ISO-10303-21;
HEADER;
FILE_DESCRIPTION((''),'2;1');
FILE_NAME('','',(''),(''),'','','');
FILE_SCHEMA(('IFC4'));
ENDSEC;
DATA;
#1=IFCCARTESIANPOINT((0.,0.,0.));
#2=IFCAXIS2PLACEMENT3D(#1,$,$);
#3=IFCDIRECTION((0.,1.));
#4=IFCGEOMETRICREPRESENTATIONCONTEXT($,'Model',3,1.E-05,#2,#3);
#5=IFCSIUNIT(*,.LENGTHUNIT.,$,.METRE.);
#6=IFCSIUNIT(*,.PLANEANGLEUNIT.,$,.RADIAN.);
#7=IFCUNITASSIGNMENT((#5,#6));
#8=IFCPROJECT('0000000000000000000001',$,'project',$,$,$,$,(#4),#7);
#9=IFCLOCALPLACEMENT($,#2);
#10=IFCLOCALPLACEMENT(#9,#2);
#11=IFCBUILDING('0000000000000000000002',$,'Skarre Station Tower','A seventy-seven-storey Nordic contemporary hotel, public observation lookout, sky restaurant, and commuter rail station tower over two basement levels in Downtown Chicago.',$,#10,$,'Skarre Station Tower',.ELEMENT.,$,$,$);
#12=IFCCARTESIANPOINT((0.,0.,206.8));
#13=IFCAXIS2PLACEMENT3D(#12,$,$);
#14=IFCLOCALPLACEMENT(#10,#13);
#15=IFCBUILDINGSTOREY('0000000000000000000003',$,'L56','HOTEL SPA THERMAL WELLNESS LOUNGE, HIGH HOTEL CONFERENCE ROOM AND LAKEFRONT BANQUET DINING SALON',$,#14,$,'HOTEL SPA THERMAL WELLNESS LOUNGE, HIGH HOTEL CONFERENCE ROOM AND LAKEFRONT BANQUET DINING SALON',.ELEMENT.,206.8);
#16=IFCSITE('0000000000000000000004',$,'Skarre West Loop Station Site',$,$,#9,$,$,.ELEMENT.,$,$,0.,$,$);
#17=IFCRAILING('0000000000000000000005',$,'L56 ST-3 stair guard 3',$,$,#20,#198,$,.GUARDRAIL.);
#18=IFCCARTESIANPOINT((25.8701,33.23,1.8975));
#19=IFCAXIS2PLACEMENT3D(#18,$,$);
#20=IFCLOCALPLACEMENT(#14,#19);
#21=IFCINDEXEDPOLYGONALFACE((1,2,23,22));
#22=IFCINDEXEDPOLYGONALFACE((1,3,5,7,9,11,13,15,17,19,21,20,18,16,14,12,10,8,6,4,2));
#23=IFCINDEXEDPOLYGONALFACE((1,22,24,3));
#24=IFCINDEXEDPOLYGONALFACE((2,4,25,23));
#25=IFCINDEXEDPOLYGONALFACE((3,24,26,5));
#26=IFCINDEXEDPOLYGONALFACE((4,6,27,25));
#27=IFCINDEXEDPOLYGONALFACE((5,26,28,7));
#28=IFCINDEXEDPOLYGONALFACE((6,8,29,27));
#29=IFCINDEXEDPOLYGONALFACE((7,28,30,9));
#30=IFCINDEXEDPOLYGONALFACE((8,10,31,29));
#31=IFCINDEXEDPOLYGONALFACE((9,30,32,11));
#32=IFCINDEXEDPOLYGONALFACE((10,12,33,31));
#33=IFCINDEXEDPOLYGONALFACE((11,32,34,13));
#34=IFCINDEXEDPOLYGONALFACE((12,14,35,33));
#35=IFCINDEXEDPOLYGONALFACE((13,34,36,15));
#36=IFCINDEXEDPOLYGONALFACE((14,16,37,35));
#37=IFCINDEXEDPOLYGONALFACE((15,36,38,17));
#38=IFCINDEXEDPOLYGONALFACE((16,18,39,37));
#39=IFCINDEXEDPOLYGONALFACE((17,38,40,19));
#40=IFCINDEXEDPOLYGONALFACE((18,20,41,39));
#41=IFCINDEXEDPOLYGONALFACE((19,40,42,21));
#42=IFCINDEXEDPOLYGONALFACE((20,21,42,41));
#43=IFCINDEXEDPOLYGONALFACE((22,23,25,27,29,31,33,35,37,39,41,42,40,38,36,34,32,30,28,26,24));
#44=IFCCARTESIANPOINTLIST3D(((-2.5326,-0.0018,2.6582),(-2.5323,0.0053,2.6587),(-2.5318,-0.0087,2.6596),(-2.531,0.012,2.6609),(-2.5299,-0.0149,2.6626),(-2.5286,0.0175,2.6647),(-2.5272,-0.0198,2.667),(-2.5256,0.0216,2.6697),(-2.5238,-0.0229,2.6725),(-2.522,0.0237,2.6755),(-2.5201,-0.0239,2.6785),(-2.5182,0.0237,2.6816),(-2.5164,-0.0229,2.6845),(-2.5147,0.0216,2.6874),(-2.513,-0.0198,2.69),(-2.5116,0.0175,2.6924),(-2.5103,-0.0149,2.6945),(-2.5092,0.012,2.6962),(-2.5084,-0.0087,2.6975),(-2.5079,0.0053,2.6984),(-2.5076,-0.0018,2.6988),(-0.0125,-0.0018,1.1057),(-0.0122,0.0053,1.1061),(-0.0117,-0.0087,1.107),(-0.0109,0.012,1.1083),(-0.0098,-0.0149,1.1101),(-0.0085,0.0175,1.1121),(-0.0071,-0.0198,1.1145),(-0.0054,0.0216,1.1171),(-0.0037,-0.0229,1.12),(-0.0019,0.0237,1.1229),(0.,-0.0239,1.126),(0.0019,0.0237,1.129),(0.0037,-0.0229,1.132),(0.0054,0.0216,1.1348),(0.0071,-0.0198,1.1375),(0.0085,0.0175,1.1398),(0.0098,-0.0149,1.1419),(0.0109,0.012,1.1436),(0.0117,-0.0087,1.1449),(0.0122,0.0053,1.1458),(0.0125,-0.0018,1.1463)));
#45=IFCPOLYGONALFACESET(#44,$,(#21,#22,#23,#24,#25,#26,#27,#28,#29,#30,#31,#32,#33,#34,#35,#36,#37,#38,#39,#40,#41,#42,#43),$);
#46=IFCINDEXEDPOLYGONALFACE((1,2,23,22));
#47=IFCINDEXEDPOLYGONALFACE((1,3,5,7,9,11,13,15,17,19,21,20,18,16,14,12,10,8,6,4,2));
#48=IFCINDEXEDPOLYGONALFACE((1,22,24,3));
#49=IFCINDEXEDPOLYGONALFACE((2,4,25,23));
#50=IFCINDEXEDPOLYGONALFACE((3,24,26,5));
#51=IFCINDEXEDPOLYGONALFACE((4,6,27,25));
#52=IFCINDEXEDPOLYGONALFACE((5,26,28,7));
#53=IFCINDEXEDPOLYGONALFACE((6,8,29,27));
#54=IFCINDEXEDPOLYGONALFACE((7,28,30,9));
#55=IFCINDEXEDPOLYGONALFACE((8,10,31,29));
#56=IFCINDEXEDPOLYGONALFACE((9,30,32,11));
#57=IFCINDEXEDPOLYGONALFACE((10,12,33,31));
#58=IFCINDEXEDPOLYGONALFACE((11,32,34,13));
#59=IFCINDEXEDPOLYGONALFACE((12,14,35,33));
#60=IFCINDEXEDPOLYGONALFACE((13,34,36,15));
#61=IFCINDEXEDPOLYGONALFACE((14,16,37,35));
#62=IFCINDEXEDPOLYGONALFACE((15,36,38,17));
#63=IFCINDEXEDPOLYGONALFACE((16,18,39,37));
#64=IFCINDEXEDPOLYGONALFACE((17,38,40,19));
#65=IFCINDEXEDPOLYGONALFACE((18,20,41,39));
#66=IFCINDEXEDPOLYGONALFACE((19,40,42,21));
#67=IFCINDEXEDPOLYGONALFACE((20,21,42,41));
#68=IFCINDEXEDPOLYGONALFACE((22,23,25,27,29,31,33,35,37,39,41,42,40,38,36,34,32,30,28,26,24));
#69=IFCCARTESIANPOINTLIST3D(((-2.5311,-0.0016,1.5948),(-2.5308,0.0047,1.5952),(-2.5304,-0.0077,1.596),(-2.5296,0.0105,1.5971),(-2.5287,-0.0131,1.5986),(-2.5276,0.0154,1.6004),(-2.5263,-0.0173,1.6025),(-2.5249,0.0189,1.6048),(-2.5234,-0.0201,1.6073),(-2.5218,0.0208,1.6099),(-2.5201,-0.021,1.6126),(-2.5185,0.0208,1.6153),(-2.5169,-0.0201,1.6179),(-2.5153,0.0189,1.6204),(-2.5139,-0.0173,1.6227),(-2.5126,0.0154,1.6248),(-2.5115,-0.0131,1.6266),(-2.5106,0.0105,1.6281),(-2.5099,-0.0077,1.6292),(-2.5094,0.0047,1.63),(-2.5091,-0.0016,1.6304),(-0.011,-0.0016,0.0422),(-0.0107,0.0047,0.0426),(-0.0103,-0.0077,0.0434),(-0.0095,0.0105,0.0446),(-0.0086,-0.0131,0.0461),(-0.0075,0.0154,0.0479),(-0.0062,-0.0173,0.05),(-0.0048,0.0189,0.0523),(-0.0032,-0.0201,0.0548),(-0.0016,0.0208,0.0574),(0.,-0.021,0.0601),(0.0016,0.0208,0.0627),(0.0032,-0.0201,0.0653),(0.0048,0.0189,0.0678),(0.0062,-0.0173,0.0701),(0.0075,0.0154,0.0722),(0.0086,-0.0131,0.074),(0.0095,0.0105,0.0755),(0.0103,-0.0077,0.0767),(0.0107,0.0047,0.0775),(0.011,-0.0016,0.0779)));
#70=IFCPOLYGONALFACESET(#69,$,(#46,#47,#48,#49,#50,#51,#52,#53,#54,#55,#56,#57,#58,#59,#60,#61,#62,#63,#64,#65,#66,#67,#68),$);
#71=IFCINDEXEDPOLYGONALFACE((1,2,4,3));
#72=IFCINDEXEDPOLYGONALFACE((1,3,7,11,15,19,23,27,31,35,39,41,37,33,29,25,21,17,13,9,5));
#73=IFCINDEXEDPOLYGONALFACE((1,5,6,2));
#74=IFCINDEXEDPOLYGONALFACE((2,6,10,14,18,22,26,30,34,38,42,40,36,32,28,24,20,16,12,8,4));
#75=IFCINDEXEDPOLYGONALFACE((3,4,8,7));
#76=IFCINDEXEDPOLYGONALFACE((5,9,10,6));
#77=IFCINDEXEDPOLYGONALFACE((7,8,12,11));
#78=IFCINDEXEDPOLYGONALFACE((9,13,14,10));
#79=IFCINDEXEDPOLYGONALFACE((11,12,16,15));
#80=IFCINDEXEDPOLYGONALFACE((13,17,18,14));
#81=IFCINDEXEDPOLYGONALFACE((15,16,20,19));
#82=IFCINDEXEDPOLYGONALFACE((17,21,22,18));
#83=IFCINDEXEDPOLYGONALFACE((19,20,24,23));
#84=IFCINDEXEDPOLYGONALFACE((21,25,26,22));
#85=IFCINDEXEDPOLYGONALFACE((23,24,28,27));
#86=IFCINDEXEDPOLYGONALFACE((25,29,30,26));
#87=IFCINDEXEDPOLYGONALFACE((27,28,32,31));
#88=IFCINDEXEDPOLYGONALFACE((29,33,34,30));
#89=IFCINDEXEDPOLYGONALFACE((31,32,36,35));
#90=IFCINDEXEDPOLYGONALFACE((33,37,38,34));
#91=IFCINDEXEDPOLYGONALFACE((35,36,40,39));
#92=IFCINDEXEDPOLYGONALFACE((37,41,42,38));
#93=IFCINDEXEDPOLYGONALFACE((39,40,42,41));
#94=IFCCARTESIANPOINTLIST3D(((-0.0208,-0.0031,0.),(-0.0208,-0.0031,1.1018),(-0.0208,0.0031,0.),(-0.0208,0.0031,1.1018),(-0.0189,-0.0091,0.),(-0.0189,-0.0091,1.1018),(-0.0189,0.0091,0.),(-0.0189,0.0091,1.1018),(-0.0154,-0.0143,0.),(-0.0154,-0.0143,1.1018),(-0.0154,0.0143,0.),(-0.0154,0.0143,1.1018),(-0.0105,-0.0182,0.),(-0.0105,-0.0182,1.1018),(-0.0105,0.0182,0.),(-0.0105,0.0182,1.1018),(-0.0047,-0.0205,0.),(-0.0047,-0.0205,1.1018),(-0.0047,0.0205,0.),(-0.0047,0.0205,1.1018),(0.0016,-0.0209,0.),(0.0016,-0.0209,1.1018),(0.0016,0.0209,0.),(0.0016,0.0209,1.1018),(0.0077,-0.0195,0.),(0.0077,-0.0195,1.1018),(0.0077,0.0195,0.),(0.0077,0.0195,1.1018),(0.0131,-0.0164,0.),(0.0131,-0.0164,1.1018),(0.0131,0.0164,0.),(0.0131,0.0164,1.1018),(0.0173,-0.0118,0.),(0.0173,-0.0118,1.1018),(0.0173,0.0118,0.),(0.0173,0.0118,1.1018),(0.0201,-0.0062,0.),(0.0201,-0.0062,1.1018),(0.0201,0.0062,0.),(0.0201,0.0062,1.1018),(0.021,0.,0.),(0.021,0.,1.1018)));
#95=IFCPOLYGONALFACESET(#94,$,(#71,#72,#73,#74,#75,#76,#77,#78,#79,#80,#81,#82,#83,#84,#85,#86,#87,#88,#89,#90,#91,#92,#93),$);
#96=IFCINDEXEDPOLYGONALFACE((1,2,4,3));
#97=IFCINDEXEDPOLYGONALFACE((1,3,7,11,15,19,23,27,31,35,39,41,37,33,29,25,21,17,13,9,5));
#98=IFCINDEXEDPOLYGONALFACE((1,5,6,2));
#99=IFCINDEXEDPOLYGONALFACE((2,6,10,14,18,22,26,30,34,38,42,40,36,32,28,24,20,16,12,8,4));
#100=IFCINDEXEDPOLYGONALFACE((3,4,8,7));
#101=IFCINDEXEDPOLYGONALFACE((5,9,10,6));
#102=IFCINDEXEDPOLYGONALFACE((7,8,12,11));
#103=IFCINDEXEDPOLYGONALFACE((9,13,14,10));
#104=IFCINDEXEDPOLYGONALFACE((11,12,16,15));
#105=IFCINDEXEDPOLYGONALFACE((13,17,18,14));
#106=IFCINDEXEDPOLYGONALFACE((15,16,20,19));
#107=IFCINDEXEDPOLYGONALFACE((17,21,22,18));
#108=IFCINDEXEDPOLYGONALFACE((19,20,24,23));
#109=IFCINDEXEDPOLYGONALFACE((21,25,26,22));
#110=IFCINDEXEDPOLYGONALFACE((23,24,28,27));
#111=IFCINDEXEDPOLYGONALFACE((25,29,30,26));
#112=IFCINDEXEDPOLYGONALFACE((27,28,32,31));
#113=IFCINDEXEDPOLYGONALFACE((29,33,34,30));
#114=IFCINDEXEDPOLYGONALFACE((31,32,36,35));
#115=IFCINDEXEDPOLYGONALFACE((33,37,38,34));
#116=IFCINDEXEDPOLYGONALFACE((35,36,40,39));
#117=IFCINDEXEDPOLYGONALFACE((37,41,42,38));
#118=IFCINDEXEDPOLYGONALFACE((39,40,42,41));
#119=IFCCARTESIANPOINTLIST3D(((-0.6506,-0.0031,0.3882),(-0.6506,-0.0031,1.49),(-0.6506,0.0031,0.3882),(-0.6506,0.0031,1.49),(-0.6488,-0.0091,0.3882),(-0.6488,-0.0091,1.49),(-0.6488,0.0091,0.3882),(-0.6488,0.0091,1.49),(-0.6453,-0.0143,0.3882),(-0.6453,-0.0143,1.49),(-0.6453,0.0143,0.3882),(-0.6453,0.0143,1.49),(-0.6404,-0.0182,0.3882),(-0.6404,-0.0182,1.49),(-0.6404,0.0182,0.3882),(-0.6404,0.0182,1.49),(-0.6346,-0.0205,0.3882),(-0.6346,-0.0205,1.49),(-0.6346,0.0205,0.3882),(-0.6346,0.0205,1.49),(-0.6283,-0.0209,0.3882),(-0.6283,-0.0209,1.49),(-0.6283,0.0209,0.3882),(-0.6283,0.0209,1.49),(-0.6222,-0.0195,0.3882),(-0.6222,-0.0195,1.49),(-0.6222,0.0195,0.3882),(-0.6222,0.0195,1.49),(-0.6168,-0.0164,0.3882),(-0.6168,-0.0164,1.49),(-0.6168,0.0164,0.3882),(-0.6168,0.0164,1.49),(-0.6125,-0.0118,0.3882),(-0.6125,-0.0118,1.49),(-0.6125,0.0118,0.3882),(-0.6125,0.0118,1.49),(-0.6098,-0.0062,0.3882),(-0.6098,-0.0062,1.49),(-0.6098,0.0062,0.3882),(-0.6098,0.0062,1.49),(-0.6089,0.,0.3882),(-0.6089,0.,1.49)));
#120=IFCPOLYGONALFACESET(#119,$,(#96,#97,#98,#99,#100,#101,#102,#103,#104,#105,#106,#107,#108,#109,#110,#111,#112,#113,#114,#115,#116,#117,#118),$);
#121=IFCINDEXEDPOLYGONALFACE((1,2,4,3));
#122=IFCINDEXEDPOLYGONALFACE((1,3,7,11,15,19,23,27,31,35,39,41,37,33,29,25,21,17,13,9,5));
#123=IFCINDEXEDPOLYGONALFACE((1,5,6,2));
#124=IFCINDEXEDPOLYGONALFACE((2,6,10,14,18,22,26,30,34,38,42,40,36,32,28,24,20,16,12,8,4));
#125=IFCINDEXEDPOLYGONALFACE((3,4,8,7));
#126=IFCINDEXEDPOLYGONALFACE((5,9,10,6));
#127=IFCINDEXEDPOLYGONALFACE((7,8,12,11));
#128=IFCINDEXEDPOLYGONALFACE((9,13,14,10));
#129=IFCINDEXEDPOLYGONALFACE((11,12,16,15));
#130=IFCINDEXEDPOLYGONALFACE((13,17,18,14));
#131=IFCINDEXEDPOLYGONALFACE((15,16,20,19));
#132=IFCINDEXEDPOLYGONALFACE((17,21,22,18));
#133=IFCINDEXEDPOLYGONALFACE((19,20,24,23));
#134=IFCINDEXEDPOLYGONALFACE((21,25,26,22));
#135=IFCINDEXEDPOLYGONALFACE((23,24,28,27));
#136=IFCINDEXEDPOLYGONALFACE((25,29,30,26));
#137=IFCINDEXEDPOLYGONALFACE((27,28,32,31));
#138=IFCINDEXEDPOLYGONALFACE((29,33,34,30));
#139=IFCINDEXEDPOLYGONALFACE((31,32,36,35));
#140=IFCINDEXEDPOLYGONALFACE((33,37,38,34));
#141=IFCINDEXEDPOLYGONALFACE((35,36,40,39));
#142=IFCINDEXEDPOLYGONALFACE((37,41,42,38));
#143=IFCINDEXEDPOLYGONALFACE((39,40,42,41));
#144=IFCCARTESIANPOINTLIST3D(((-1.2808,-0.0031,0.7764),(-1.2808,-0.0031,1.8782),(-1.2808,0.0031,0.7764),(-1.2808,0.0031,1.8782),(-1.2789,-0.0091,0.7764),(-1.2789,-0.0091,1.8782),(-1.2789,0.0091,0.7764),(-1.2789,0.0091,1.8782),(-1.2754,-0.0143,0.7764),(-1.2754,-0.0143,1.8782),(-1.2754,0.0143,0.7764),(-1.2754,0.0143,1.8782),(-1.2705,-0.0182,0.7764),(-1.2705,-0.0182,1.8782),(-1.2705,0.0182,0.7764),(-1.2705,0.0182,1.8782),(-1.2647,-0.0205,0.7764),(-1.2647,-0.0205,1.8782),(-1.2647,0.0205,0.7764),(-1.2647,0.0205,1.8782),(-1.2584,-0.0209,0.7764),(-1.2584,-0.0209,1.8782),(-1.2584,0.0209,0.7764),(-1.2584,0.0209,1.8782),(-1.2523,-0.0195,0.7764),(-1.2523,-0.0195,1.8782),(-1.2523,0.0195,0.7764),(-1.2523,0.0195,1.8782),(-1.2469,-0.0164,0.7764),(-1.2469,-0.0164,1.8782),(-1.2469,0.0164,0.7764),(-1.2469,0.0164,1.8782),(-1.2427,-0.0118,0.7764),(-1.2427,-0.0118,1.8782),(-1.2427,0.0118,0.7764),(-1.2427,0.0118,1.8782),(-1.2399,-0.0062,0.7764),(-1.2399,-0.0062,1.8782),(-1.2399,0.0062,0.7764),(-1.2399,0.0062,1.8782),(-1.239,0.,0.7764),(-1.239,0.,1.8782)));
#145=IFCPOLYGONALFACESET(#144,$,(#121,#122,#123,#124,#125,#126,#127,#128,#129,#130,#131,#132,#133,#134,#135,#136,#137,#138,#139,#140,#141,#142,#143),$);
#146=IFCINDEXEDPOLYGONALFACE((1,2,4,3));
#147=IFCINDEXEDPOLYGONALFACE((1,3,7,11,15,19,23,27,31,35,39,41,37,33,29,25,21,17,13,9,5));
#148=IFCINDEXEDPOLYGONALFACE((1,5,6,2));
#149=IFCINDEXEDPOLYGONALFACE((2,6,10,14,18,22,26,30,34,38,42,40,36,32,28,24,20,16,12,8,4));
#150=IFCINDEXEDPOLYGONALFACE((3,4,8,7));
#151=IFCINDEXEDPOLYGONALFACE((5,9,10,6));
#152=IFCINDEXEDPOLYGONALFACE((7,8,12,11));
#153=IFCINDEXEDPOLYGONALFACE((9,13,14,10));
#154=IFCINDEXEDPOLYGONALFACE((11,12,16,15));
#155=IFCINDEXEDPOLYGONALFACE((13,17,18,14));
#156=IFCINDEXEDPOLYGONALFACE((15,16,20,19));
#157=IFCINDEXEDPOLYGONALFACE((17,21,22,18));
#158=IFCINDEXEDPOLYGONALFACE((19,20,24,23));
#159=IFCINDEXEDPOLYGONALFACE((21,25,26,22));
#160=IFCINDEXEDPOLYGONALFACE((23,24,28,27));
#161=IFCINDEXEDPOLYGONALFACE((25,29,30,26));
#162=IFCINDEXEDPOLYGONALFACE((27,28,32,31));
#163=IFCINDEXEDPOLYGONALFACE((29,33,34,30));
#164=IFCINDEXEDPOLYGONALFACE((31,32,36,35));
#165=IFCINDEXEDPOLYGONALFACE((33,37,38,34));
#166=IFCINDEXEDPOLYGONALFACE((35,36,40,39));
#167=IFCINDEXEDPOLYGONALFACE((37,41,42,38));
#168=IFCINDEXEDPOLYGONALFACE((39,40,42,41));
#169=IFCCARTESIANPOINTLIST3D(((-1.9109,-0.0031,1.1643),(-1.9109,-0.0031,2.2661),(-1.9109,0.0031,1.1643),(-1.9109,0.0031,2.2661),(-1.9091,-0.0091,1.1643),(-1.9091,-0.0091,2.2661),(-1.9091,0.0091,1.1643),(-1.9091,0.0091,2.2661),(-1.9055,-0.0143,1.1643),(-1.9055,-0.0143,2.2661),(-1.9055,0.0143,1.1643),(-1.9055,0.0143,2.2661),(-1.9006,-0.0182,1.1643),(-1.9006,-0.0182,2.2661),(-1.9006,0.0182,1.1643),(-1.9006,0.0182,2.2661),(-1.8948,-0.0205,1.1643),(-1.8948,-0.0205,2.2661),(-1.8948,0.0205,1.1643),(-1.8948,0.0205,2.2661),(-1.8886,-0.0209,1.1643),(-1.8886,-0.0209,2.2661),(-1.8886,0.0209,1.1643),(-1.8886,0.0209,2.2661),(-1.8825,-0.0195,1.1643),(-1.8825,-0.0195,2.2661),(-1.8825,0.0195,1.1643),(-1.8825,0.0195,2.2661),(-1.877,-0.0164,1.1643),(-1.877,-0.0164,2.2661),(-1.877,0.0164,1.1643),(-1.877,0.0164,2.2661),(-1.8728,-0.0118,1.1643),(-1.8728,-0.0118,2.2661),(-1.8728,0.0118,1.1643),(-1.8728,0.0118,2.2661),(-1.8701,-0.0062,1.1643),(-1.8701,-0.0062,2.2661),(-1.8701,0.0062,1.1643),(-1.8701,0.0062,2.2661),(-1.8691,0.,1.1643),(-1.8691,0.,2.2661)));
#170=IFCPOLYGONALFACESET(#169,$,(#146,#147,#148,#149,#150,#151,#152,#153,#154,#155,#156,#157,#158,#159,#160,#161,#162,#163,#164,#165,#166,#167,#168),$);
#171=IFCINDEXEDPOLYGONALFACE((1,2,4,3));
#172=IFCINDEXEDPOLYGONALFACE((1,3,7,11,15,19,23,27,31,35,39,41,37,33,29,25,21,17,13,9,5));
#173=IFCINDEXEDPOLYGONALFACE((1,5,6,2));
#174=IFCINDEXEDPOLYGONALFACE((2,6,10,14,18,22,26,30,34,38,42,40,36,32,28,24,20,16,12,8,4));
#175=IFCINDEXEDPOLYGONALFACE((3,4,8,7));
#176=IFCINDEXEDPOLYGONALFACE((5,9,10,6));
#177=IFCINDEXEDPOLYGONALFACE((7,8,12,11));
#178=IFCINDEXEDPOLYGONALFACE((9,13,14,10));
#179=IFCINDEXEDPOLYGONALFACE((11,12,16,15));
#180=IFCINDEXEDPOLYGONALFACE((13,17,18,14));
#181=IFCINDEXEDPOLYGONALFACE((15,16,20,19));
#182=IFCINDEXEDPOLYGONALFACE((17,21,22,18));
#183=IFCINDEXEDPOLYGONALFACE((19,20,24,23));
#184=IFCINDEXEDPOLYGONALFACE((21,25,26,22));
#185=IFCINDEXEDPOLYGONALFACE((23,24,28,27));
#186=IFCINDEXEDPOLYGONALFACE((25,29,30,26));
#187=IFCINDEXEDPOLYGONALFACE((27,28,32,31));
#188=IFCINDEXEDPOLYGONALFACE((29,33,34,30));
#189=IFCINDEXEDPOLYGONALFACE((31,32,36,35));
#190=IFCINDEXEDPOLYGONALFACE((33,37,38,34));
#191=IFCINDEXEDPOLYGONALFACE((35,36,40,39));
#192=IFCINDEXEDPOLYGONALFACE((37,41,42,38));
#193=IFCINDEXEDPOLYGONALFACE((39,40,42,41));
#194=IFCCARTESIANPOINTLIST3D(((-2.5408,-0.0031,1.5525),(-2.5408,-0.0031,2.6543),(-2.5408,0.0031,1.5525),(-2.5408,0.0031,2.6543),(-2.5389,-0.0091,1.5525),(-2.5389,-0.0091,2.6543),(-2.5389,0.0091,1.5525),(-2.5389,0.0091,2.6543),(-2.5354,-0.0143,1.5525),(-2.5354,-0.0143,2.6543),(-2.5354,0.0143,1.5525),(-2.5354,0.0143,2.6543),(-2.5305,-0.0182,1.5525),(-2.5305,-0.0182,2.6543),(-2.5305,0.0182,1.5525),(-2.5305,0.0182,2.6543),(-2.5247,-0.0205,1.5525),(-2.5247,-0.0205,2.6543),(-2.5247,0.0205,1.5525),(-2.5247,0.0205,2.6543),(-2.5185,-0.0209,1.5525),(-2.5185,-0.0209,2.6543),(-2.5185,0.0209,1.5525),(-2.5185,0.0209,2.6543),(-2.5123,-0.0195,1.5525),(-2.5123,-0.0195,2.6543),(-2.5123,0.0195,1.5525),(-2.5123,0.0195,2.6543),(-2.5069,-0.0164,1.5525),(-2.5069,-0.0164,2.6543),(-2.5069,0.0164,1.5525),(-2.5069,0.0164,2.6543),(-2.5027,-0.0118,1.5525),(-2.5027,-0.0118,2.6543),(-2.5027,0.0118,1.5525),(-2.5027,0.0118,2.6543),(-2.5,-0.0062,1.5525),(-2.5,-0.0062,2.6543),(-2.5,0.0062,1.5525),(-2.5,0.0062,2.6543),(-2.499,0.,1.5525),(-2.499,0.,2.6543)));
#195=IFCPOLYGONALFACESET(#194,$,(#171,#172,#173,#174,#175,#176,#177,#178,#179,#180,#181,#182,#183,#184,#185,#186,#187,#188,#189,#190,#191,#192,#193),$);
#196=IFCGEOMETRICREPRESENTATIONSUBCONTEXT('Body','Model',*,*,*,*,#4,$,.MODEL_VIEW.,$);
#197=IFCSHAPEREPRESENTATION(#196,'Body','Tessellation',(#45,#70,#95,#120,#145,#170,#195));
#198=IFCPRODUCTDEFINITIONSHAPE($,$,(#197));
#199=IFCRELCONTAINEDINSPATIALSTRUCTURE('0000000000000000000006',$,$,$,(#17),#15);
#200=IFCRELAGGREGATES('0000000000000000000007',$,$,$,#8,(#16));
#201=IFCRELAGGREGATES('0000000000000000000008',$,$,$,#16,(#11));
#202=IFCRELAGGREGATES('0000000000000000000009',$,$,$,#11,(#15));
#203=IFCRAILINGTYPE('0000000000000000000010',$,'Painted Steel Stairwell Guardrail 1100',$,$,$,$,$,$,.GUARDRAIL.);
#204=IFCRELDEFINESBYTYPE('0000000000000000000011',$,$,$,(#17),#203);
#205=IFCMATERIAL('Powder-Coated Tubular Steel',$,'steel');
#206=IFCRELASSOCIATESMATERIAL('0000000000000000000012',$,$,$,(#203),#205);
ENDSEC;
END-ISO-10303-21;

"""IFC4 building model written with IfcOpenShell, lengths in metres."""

from ifc_helpers import new_model, si_unit, direction, frame, origin, origin_2d, place, context, subcontext, project, spatial, circle, extrude, material, type_object, element, save


model = new_model("IFC4")

# Units and contexts
model_context = context("Model", 3, precision=1e-05, world=origin(), true_north=direction((0.0, 1.0)))
body_context = subcontext(model_context, "Body", "Model", "MODEL_VIEW")
ifc_project = project(units=[si_unit("LENGTHUNIT", "METRE"), si_unit("PLANEANGLEUNIT", "RADIAN")], contexts=[model_context])

# Site, building, storey
site_placement = place(None, origin())
site = spatial("IfcSite", under=ifc_project, at=site_placement, Name="Skarre West Loop Station Site", CompositionType="ELEMENT", RefElevation=0.0)
building_placement = place(site_placement, origin())
building = spatial("IfcBuilding", under=site, at=building_placement, Name="Skarre Station Tower", Description="A seventy-seven-storey Nordic contemporary hotel, public observation lookout, sky restaurant, and commuter rail station tower over two basement levels in Downtown Chicago.", LongName="Skarre Station Tower", CompositionType="ELEMENT")
storey_placement = place(building_placement, frame((0.0, 0.0, 206.8)))
storey = spatial("IfcBuildingStorey", under=building, at=storey_placement, Name="L56", Description="HOTEL SPA THERMAL WELLNESS LOUNGE, HIGH HOTEL CONFERENCE ROOM AND LAKEFRONT BANQUET DINING SALON", LongName="HOTEL SPA THERMAL WELLNESS LOUNGE, HIGH HOTEL CONFERENCE ROOM AND LAKEFRONT BANQUET DINING SALON", CompositionType="ELEMENT", Elevation=206.8)

# Railing
ifc_material_1 = material(Name="Powder-Coated Tubular Steel", Category="steel")
railing_type_1 = type_object("IfcRailingType", Name="Painted Steel Stairwell Guardrail 1100", PredefinedType="GUARDRAIL", material=ifc_material_1)
railing_1_placement = place(storey_placement, frame((25.8701, 33.23, 1.8975)))
element("IfcRailing", 1, at=railing_1_placement, inside=storey, type_object=railing_type_1, Name="L56 ST-3 stair guard 3", PredefinedType="GUARDRAIL", context=body_context, shape_type="SweptSolid", body=[
    extrude(circle(Radius=0.0239, at=origin_2d()), frame((0.0, 0.0, 1.126), z_axis=(-0.8514, 0.0, 0.524516), x_axis=(0.0, -1.0, 0.0)), (0.0, 0.0, 1.0), 2.96),
    extrude(circle(Radius=0.021, at=origin_2d()), frame((0.0, 0.0, 0.0601), z_axis=(-0.8514, 0.0, 0.524516), x_axis=(0.0, -1.0, 0.0)), (0.0, 0.0, 1.0), 2.96),
    extrude(circle(Radius=0.021, at=origin_2d()), origin(), (0.0, 0.0, 1.0), 1.1018),
    extrude(circle(Radius=0.021, at=origin_2d()), frame((-0.6299, 0.0, 0.3882)), (0.0, 0.0, 1.0), 1.1018),
    extrude(circle(Radius=0.021, at=origin_2d()), frame((-1.26, 0.0, 0.7764)), (0.0, 0.0, 1.0), 1.1018),
    extrude(circle(Radius=0.021, at=origin_2d()), frame((-1.8901, 0.0, 1.1643)), (0.0, 0.0, 1.0), 1.1018),
    extrude(circle(Radius=0.021, at=origin_2d()), frame((-2.52, 0.0, 1.5525)), (0.0, 0.0, 1.0), 1.1018),
])

save(model, "model.ifc")
